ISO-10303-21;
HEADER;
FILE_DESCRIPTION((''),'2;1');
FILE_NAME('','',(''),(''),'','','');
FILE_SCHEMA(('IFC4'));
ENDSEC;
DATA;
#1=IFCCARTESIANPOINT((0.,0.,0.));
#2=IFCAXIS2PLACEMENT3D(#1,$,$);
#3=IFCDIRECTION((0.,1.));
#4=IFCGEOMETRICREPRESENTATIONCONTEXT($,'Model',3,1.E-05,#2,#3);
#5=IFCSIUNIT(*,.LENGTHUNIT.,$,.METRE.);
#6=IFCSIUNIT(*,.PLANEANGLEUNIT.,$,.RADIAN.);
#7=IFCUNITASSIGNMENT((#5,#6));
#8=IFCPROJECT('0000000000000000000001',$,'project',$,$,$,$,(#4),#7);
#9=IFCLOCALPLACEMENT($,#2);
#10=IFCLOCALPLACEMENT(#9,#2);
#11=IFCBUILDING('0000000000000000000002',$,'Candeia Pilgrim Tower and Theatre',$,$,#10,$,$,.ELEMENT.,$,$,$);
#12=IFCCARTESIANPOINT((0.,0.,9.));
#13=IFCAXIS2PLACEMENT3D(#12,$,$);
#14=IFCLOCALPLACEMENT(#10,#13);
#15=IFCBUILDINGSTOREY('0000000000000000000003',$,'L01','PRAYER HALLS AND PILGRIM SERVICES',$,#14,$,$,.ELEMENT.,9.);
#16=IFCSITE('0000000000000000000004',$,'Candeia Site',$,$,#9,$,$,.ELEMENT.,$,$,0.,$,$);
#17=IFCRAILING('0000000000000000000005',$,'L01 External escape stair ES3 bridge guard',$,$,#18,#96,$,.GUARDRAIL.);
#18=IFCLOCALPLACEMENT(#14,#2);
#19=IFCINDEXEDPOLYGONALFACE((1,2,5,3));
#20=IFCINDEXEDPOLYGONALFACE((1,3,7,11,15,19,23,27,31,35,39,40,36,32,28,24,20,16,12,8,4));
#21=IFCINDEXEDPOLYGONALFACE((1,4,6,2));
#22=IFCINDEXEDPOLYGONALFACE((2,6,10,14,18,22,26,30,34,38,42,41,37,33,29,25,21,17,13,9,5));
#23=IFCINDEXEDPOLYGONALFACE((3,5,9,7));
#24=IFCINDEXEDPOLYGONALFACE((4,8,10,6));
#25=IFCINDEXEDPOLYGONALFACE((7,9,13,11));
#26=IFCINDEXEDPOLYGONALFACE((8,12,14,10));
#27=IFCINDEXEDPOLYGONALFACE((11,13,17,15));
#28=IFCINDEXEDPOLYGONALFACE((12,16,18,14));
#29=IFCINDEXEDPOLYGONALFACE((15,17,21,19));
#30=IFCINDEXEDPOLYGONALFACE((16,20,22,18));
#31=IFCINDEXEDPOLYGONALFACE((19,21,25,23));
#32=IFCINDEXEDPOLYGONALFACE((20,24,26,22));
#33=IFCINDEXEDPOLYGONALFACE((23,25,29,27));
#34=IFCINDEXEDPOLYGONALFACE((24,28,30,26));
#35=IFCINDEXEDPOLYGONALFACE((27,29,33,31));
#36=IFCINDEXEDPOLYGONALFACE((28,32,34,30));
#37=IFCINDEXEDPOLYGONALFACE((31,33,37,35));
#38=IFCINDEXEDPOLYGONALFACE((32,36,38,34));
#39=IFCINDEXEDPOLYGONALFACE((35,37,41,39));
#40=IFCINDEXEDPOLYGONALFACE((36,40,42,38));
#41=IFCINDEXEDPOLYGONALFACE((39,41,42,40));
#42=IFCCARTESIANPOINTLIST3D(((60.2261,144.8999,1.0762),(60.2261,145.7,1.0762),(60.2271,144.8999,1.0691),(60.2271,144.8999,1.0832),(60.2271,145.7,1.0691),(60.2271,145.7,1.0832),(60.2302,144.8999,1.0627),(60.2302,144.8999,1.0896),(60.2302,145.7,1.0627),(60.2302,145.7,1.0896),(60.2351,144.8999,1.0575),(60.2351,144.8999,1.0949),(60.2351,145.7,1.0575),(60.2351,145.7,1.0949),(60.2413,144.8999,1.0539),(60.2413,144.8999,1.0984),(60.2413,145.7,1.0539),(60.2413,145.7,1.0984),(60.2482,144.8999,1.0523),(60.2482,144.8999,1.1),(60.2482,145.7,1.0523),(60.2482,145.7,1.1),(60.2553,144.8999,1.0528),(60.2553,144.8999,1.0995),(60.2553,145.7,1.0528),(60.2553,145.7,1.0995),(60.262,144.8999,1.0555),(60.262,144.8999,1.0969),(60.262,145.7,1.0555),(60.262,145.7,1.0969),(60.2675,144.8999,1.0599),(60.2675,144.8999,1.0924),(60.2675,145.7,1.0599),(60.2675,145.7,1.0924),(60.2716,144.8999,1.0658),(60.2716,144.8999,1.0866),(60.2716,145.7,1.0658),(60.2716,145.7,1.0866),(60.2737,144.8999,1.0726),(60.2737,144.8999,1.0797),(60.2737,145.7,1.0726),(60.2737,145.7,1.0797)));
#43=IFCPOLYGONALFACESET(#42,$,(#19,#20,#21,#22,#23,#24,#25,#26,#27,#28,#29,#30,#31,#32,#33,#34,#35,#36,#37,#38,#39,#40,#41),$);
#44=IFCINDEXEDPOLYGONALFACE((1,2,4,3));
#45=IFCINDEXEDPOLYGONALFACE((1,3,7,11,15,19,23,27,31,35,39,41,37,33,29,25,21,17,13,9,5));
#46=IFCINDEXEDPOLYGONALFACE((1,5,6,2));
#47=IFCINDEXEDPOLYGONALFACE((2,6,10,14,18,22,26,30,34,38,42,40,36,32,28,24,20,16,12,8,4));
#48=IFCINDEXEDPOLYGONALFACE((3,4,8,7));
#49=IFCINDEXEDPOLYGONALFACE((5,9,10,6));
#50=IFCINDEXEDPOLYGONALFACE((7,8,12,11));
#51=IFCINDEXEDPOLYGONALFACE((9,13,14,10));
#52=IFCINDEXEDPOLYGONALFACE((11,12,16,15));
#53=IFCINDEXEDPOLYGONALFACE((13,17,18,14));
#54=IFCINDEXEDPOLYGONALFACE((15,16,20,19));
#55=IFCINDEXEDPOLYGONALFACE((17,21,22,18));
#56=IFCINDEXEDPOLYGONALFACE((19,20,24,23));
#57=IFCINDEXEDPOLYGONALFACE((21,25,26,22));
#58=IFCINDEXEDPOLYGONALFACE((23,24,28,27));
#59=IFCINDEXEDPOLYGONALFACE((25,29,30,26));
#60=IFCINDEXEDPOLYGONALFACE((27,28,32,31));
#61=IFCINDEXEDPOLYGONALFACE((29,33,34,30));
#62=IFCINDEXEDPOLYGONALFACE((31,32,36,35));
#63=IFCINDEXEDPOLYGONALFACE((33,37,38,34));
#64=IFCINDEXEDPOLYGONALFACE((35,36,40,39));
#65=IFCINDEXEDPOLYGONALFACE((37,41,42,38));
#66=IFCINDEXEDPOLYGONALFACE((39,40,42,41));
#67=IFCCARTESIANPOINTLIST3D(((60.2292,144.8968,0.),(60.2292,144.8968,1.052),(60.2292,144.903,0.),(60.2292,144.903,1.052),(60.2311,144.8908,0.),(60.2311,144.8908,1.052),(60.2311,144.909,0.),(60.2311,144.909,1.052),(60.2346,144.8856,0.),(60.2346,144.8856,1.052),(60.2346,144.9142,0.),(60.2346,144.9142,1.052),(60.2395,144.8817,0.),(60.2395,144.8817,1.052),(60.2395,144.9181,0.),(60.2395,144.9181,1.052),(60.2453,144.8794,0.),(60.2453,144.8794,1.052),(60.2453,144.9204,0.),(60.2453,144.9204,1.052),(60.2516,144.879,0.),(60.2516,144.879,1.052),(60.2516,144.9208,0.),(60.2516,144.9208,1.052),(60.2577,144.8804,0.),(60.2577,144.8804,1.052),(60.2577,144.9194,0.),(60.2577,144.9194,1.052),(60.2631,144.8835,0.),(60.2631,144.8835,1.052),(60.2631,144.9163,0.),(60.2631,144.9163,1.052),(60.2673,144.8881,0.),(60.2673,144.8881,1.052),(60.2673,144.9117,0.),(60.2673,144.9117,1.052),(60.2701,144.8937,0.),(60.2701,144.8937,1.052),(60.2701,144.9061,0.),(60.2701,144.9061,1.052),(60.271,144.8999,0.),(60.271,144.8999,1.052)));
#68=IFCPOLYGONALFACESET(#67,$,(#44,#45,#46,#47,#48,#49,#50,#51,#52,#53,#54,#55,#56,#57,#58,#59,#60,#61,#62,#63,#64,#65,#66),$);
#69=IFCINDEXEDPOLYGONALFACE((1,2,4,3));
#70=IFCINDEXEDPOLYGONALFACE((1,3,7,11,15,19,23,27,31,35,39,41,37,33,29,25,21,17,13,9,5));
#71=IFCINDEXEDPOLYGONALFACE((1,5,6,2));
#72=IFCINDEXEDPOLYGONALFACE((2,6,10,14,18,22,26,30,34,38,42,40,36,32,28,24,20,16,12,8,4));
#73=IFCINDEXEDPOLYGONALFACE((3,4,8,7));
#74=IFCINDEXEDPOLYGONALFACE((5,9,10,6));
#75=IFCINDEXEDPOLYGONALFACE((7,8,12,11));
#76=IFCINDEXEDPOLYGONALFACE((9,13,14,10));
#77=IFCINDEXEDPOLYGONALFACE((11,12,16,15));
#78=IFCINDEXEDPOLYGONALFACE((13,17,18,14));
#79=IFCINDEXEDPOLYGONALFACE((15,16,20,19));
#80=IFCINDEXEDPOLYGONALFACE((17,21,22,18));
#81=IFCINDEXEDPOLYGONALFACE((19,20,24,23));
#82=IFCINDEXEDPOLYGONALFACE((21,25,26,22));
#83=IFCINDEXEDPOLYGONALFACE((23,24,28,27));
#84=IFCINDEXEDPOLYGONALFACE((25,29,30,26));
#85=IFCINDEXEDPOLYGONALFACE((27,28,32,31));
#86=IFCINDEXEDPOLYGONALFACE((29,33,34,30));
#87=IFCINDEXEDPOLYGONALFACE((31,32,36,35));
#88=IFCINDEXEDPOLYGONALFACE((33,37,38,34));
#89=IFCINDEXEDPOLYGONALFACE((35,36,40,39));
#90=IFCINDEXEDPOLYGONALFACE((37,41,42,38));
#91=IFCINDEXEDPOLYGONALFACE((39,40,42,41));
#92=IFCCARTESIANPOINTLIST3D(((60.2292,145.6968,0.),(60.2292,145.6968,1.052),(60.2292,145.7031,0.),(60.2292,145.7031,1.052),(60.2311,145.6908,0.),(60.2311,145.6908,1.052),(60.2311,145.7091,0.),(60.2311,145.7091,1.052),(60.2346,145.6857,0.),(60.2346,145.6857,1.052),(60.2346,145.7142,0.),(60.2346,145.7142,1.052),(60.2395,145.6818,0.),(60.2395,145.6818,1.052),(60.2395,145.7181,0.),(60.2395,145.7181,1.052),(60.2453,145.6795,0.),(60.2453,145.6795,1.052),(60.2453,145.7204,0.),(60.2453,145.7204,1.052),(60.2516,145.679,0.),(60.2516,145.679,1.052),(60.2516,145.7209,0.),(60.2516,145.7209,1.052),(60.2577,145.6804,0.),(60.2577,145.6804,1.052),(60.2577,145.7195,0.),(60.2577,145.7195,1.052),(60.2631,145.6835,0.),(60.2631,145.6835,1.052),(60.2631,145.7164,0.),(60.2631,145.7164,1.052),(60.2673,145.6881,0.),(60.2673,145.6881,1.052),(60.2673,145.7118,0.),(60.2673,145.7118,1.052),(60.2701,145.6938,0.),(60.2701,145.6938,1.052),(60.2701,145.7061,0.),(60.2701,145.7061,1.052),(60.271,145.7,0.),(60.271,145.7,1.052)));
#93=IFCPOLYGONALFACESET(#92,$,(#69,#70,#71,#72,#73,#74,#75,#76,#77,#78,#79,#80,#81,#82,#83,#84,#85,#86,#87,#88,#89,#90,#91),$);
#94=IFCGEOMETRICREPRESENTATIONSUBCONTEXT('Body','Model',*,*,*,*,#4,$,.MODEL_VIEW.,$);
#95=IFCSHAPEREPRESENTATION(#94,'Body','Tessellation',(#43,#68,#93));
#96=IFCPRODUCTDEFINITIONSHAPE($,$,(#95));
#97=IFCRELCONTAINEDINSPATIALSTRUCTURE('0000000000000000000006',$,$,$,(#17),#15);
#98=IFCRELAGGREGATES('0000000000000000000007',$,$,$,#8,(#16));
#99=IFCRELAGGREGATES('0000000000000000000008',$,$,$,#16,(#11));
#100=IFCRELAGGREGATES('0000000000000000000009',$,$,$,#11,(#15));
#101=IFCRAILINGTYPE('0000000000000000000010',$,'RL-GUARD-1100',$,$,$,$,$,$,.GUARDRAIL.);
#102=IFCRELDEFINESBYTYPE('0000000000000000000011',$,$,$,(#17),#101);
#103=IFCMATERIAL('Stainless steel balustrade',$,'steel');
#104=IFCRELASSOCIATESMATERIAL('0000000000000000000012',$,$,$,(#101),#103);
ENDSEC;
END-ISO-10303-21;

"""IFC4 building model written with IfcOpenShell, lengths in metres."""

from ifc_helpers import new_model, si_unit, direction, frame, origin, origin_2d, place, context, subcontext, project, spatial, circle, extrude, material, type_object, element, save


model = new_model("IFC4")

# Units and contexts
model_context = context("Model", 3, precision=1e-05, world=origin(), true_north=direction((0.0, 1.0)))
body_context = subcontext(model_context, "Body", "Model", "MODEL_VIEW")
ifc_project = project(units=[si_unit("LENGTHUNIT", "METRE"), si_unit("PLANEANGLEUNIT", "RADIAN")], contexts=[model_context])

# Site, building, storey
site_placement = place(None, origin())
site = spatial("IfcSite", under=ifc_project, at=site_placement, Name="Candeia Site", CompositionType="ELEMENT", RefElevation=0.0)
building_placement = place(site_placement, origin())
building = spatial("IfcBuilding", under=site, at=building_placement, Name="Candeia Pilgrim Tower and Theatre", CompositionType="ELEMENT")
storey_placement = place(building_placement, frame((0.0, 0.0, 9.0)))
storey = spatial("IfcBuildingStorey", under=building, at=storey_placement, Name="L01", Description="PRAYER HALLS AND PILGRIM SERVICES", CompositionType="ELEMENT", Elevation=9.0)

# Railing
ifc_material_1 = material(Name="Stainless steel balustrade", Category="steel")
railing_type_1 = type_object("IfcRailingType", Name="RL-GUARD-1100", PredefinedType="GUARDRAIL", material=ifc_material_1)
railing_1_placement = place(storey_placement, frame((60.25, 144.8999, 0.0)))
element("IfcRailing", 1, at=railing_1_placement, inside=storey, type_object=railing_type_1, Name="L01 External escape stair ES3 bridge guard", PredefinedType="GUARDRAIL", context=body_context, shape_type="SweptSolid", body=[
    extrude(circle(Radius=0.0239, at=origin_2d()), frame((0.0, 0.0, 1.0762), z_axis=(0.0, 1.0, 0.0), x_axis=(-1.0, 0.0, 0.0)), (0.0, 0.0, 1.0), 0.8),
    extrude(circle(Radius=0.021, at=origin_2d()), origin(), (0.0, 0.0, 1.0), 1.052),
    extrude(circle(Radius=0.021, at=origin_2d()), frame((0.0, 0.8, 0.0)), (0.0, 0.0, 1.0), 1.052),
])

save(model, "model.ifc")
